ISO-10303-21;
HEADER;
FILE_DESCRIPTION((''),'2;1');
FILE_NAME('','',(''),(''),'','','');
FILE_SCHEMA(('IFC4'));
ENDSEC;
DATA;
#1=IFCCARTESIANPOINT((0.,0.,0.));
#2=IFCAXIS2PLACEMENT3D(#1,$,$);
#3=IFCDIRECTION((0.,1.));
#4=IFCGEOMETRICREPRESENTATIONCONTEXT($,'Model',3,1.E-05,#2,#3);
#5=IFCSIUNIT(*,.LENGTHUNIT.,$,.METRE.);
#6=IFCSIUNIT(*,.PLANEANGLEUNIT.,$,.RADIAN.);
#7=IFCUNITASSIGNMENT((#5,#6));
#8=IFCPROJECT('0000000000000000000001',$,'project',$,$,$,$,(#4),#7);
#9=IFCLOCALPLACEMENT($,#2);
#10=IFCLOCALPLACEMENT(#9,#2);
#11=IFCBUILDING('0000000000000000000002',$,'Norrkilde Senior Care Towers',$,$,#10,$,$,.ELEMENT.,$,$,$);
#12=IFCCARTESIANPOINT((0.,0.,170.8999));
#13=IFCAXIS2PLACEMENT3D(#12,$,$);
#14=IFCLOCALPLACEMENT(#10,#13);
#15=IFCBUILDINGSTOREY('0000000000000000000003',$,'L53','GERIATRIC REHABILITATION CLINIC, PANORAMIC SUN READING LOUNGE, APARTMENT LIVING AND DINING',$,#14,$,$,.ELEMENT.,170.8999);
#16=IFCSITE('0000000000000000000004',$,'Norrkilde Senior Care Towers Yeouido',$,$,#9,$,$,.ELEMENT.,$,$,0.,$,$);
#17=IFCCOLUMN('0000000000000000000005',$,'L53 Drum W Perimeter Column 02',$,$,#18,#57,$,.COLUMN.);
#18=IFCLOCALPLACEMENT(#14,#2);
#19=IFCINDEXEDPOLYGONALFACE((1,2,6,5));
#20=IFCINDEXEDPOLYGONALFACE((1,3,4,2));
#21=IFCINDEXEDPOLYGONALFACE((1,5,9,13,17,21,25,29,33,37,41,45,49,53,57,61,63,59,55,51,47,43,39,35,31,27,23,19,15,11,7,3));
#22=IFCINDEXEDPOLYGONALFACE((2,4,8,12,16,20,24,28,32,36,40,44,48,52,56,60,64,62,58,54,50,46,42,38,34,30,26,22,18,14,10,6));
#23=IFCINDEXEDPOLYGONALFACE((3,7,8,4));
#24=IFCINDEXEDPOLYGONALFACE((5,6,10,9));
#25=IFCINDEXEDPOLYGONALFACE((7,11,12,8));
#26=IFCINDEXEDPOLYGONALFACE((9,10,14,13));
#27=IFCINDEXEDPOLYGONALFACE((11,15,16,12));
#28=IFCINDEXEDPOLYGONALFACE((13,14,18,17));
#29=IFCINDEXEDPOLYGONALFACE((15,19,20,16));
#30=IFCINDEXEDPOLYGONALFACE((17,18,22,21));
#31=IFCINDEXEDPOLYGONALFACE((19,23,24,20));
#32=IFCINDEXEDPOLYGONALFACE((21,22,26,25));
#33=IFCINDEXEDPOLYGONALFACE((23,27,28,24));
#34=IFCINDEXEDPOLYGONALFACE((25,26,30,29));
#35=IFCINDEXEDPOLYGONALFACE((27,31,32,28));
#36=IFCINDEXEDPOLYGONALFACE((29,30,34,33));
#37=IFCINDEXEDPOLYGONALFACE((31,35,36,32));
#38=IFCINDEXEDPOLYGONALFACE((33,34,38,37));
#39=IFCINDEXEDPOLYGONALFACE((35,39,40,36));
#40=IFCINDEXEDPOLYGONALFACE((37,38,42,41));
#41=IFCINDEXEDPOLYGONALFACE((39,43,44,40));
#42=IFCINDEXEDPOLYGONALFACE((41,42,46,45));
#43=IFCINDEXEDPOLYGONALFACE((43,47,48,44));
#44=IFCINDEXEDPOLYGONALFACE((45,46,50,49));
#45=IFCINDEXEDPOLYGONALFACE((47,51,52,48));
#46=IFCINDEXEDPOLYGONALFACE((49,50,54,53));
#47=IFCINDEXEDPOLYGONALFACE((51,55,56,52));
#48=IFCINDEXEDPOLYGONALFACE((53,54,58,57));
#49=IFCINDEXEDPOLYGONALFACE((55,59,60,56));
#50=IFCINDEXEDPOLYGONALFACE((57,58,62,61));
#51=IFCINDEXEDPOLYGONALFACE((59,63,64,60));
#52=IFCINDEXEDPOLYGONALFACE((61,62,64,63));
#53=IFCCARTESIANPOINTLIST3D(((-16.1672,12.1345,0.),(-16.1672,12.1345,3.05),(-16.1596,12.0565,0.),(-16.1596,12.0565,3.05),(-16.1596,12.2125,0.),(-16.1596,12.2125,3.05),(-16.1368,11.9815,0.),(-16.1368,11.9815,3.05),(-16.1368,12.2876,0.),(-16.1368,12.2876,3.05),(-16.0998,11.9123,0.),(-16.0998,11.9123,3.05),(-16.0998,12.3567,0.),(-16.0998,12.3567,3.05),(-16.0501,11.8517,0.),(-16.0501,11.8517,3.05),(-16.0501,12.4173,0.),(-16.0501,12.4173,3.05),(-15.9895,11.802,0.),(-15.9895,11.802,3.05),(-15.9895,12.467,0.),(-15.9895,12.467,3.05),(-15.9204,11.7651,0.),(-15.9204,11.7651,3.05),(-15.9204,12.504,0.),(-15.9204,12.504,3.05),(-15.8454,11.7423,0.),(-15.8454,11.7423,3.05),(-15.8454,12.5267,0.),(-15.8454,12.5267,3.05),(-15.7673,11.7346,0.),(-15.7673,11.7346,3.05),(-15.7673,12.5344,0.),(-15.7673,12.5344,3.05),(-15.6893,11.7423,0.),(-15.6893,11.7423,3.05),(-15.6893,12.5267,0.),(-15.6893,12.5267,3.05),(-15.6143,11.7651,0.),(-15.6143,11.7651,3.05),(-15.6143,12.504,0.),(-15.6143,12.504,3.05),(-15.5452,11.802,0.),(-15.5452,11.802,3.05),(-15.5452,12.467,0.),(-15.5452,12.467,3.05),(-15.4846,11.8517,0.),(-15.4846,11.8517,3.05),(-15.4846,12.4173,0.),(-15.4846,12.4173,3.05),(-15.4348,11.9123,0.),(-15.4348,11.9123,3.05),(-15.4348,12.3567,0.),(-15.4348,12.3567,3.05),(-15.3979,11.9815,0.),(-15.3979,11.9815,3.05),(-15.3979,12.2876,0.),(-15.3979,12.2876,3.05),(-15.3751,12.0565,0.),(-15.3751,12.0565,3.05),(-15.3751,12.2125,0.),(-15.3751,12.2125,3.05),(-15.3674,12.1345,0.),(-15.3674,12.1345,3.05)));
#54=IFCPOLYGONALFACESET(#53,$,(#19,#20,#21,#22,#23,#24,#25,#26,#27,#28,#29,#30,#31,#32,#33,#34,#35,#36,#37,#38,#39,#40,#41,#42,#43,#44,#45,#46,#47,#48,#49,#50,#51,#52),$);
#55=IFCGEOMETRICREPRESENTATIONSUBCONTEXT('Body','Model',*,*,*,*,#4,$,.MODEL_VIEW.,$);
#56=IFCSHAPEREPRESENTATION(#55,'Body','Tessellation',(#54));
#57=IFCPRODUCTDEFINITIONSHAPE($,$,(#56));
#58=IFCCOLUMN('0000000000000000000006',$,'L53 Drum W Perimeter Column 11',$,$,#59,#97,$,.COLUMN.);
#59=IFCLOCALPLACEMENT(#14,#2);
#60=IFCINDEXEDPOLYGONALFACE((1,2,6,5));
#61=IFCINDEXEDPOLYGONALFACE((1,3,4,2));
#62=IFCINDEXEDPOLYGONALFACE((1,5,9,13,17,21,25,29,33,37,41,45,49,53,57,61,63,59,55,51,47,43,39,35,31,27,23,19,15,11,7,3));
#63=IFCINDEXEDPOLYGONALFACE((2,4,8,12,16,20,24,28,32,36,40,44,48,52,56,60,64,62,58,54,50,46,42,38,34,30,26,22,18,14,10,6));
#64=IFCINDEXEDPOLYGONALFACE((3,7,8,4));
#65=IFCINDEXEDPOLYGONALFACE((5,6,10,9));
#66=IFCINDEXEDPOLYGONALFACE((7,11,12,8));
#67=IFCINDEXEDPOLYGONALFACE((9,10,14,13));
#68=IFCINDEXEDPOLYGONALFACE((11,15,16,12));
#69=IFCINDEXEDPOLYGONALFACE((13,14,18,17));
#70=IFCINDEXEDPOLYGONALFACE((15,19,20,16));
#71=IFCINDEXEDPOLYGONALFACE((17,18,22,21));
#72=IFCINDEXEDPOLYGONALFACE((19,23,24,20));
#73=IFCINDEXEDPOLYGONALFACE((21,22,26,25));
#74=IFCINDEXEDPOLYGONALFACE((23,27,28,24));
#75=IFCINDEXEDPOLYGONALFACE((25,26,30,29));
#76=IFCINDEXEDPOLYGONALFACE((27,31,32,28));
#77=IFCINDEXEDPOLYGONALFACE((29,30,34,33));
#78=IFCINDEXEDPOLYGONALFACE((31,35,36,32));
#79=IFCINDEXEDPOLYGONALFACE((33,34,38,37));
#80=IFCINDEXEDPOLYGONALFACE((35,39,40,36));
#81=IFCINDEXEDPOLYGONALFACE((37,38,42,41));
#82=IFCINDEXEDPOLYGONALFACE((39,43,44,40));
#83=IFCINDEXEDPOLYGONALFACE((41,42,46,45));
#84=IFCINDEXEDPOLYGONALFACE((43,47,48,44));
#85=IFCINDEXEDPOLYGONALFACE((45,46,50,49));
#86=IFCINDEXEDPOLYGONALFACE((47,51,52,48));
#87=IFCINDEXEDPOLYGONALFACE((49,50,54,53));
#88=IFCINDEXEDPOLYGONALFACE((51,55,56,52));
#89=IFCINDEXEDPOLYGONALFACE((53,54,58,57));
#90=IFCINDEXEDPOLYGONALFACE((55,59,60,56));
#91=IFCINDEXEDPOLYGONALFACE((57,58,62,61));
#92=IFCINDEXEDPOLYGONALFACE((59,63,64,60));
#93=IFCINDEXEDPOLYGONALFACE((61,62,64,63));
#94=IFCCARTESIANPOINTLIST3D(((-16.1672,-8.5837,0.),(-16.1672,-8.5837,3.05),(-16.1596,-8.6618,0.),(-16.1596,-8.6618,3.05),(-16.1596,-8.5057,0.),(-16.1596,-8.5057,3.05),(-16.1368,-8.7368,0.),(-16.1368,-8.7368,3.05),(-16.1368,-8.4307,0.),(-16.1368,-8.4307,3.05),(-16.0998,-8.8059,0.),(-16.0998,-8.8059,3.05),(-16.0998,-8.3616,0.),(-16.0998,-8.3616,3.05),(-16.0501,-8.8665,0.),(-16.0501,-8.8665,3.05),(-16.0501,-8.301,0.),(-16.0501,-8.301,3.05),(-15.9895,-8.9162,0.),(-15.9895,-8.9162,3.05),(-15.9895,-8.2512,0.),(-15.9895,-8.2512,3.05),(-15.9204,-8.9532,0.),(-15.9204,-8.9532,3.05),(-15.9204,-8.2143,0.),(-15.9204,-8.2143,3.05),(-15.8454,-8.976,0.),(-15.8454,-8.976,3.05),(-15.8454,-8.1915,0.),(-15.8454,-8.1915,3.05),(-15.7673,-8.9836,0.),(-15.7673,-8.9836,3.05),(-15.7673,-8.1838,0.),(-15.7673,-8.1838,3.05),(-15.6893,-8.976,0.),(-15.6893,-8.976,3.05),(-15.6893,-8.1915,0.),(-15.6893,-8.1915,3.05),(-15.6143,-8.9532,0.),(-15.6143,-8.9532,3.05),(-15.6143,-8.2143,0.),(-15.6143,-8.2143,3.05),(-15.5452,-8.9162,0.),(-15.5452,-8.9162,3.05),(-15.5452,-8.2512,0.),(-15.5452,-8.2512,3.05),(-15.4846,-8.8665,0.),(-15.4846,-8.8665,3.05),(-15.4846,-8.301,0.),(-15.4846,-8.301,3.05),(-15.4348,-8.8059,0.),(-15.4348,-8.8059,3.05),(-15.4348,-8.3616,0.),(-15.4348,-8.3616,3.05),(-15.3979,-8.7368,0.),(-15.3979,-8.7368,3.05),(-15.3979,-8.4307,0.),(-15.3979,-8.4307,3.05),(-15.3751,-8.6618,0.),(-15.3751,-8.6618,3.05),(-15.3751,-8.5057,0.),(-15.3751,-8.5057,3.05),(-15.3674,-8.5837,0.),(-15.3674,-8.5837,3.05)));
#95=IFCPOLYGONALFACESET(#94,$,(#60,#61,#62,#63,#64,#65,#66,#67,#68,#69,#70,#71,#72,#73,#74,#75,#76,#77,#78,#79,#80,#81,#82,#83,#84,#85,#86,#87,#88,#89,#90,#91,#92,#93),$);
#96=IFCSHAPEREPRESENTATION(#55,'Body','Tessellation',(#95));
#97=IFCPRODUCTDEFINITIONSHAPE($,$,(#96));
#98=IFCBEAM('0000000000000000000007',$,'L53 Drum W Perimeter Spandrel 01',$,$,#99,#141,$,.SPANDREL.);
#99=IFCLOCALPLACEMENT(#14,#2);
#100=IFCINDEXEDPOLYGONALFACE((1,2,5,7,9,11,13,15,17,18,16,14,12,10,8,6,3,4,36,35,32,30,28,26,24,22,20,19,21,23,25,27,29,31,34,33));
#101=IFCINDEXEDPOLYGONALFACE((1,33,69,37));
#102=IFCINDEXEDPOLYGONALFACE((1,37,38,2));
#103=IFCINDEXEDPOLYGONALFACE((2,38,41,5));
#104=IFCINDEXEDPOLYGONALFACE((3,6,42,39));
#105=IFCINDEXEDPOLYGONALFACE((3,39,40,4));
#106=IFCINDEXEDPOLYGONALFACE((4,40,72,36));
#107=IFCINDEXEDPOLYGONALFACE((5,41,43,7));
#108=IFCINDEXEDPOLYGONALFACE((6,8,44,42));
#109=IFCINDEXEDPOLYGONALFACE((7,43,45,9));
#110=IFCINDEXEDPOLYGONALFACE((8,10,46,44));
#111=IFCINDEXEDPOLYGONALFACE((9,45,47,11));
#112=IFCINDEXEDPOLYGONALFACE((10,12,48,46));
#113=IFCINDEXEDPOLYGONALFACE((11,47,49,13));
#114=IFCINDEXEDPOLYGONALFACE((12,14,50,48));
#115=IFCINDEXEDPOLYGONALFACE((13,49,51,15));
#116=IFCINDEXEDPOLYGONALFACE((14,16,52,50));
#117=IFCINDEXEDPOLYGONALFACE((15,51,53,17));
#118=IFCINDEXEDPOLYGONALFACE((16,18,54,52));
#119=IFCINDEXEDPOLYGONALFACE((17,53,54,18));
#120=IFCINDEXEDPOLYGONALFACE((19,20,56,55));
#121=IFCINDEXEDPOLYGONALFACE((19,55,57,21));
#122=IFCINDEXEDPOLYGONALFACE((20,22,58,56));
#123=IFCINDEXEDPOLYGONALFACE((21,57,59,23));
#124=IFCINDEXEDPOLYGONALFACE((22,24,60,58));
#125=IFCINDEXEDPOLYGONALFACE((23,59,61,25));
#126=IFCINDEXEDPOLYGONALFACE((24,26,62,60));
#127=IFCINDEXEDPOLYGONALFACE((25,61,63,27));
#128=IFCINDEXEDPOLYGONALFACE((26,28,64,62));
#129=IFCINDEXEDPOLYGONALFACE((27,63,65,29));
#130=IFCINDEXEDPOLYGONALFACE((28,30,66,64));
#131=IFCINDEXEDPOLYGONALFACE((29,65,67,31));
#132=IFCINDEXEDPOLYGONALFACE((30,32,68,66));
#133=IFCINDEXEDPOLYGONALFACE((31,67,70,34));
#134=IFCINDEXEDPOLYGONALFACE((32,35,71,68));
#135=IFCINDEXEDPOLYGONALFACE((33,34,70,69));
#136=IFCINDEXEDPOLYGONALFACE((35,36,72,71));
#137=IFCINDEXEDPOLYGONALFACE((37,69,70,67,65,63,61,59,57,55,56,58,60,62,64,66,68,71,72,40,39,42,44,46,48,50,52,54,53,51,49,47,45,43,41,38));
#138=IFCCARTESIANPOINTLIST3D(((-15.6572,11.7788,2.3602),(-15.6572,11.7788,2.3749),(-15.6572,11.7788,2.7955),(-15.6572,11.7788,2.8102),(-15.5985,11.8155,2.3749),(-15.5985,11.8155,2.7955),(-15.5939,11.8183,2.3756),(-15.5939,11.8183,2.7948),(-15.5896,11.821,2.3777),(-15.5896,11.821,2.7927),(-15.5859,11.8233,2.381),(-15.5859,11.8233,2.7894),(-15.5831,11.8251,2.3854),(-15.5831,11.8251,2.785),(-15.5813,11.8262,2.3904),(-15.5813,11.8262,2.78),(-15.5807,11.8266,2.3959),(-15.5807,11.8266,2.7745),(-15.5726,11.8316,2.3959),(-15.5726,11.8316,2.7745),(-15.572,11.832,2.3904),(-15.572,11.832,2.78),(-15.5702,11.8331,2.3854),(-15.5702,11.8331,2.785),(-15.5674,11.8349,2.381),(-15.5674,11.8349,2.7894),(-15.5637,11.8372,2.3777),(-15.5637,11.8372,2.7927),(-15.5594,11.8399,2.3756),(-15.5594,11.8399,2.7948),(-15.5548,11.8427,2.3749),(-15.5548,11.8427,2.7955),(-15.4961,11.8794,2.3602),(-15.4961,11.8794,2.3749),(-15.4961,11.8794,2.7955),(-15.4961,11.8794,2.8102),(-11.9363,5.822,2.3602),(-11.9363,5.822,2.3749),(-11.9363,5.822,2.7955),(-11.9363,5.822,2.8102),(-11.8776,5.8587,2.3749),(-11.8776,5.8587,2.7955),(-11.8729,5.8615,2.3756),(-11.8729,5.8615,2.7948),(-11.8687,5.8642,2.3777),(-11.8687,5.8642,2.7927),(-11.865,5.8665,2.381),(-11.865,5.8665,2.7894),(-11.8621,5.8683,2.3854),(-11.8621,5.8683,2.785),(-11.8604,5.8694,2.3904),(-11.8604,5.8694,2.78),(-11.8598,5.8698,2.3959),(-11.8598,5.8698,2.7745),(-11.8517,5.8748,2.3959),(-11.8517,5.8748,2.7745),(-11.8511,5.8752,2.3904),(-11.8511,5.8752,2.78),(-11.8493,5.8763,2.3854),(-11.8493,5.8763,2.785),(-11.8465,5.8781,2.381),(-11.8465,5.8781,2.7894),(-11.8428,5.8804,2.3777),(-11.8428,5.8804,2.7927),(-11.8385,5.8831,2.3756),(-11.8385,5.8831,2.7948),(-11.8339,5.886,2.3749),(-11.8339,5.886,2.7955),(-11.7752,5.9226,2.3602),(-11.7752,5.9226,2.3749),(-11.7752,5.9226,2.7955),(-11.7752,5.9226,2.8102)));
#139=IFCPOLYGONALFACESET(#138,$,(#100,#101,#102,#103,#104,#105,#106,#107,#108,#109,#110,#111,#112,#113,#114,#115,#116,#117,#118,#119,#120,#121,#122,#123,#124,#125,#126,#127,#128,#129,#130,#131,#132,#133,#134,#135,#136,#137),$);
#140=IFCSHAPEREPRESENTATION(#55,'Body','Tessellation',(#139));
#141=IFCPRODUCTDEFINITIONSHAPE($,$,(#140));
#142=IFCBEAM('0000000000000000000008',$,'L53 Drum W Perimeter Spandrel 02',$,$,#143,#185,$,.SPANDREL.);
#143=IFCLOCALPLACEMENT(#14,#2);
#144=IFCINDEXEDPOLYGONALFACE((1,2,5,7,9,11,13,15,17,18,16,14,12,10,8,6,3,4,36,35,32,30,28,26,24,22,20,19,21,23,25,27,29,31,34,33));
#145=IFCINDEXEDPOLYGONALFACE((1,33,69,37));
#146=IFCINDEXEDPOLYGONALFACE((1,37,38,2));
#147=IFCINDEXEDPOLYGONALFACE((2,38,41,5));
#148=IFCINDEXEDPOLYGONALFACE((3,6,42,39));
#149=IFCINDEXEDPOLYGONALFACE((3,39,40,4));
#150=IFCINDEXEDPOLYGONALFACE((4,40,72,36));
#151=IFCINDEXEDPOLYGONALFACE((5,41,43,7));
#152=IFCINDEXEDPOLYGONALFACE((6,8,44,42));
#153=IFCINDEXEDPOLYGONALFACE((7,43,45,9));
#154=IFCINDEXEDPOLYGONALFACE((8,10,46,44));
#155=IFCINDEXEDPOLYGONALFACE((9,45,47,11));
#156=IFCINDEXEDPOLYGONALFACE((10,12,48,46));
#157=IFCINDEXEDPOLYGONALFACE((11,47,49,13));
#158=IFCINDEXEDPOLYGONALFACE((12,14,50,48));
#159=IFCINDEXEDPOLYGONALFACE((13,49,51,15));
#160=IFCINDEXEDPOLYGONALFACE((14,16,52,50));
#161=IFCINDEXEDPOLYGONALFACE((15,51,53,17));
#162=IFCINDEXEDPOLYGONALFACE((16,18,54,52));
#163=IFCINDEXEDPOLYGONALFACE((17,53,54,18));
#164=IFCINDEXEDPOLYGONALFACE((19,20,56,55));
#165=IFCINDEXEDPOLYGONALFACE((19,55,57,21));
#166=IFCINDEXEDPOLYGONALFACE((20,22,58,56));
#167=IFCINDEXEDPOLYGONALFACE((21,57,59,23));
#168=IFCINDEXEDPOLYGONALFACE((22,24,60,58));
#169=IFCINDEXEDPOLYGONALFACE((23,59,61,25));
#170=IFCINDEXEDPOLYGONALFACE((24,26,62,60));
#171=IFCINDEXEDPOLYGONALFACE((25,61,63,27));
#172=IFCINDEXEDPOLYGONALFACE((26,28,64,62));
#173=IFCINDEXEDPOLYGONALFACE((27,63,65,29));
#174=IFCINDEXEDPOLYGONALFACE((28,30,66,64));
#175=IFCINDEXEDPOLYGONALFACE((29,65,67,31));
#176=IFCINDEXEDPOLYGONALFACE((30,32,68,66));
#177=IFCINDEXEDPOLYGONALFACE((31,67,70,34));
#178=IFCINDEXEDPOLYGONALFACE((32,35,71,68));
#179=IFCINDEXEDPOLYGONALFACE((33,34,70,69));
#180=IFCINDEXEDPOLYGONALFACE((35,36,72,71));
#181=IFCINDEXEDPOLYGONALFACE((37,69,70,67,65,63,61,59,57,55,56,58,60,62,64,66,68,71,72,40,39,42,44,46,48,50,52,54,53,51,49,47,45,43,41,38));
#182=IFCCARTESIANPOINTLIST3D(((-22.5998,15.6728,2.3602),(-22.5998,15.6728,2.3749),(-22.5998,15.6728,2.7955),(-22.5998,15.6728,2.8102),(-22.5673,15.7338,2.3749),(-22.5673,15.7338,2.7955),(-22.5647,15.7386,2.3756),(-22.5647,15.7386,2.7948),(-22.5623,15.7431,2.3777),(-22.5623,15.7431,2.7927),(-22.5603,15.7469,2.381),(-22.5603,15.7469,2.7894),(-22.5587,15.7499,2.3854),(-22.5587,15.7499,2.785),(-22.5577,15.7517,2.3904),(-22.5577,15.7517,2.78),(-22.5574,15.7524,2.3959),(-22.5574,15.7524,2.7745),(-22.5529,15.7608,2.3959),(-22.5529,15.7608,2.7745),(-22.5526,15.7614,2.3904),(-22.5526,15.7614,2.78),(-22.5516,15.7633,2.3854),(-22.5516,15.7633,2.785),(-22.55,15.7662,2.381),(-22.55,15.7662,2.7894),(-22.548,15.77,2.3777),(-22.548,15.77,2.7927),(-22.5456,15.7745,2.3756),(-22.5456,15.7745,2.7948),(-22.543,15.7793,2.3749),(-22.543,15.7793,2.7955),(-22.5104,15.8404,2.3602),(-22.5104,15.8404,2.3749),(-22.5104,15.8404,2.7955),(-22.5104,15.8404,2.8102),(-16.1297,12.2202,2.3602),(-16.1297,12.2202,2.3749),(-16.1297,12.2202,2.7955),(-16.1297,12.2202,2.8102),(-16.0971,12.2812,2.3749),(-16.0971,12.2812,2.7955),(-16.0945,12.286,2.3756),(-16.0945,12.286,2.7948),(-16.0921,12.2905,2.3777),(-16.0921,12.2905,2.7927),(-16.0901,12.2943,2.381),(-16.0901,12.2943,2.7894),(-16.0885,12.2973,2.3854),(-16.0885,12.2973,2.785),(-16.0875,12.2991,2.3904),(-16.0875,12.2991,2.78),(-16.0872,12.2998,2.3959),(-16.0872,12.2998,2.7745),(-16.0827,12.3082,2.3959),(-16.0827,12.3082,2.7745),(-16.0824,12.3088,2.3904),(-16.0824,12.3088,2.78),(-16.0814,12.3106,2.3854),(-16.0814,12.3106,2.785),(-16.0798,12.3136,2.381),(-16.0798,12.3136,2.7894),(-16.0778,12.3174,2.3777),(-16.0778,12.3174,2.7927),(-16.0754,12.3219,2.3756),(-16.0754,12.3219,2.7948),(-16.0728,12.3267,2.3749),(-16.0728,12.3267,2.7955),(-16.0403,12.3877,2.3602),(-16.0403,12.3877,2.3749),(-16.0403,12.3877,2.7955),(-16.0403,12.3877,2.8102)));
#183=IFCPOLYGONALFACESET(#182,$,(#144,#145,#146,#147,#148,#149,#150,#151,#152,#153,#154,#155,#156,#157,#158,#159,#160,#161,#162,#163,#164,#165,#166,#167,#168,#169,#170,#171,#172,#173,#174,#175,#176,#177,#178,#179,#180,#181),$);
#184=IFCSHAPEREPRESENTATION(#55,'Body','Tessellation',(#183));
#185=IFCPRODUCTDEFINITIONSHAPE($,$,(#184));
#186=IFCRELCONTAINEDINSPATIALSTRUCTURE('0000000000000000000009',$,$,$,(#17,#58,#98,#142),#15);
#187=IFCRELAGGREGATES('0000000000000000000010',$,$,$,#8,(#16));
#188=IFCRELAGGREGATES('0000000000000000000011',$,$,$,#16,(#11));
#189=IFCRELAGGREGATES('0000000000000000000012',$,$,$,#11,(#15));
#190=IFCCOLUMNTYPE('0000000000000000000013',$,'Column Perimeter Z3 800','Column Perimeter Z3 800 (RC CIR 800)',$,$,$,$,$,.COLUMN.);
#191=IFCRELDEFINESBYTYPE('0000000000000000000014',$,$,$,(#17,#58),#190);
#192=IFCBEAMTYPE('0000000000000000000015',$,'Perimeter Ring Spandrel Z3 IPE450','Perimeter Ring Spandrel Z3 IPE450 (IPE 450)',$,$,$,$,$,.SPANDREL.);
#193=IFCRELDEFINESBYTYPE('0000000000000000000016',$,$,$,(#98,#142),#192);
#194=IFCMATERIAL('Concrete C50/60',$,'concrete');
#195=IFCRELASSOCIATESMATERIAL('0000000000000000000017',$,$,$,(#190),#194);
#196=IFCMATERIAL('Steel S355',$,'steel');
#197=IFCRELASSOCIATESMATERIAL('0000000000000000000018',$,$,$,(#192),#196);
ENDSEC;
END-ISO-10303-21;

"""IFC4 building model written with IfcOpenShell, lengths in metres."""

from ifc_helpers import new_model, si_unit, direction, frame, origin, origin_2d, place, context, subcontext, project, spatial, circle, i_section, extrude, source, transform, mapped, material, material_profile, profile_set, type_object, type_shapes, element, save


model = new_model("IFC4")

# Units and contexts
model_context = context("Model", 3, precision=1e-05, world=origin(), true_north=direction((0.0, 1.0)))
body_context = subcontext(model_context, "Body", "Model", "MODEL_VIEW")
ifc_project = project(units=[si_unit("LENGTHUNIT", "METRE"), si_unit("PLANEANGLEUNIT", "RADIAN")], contexts=[model_context])

# Site, building, storey
site_placement = place(None, origin())
site = spatial("IfcSite", under=ifc_project, at=site_placement, Name="Norrkilde Senior Care Towers Yeouido", CompositionType="ELEMENT", RefElevation=0.0)
building_placement = place(site_placement, origin())
building = spatial("IfcBuilding", under=site, at=building_placement, Name="Norrkilde Senior Care Towers", CompositionType="ELEMENT")
storey_placement = place(building_placement, frame((0.0, 0.0, 170.8999)))
storey = spatial("IfcBuildingStorey", under=building, at=storey_placement, Name="L53", Description="GERIATRIC REHABILITATION CLINIC, PANORAMIC SUN READING LOUNGE, APARTMENT LIVING AND DINING", CompositionType="ELEMENT", Elevation=170.8999)

# Columns
ifc_material_1 = material(Name="Concrete C50/60", Category="concrete")
ifc_material_profile_1 = material_profile(ifc_material_1, circle(Radius=0.3999, at=origin_2d()), Name="RC CIR 800")
ifc_profile_set_1 = profile_set([ifc_material_profile_1], Name="Concrete C50/60")
column_type = type_object("IfcColumnType", Name="Column Perimeter Z3 800", Description="Column Perimeter Z3 800 (RC CIR 800)", PredefinedType="COLUMN", material=ifc_profile_set_1)
shared_shape_1 = source(origin(), body_context, "Body", "SweptSolid", [
    extrude(circle(Radius=0.3999, at=origin_2d()), origin(), (0.0, 0.0, 1.0), 3.05),
])
type_shapes(column_type, [shared_shape_1])
for number, where, z_axis, x_axis, name in (
    (1, (-15.7673, 12.1345, 0.0), (0.0, 0.0, 1.0), (1.0, 0.0, 0.0), "L53 Drum W Perimeter Column 02"),
    (2, (-15.7673, -8.5837, 0.0), (0.0, 0.0, 1.0), (1.0, 0.0, 0.0), "L53 Drum W Perimeter Column 11"),
):
    element("IfcColumn", number, at=place(storey_placement, frame(where, z_axis=z_axis, x_axis=x_axis)), inside=storey, type_object=column_type, Name=name, PredefinedType="COLUMN", context=body_context, shape_type="MappedRepresentation", body=[
        mapped(shared_shape_1, transform((0.0, 0.0, 0.0), x_axis=(1.0, 0.0, 0.0), y_axis=(0.0, 1.0, 0.0), z_axis=(0.0, 0.0, 1.0), scale=1.0)),
    ])

# Beams
ifc_material_2 = material(Name="Steel S355", Category="steel")
ifc_material_profile_2 = material_profile(ifc_material_2, i_section(OverallWidth=0.1899, OverallDepth=0.45, WebThickness=0.0095, FlangeThickness=0.0146, FilletRadius=0.021, at=origin_2d()), Name="IPE 450")
ifc_profile_set_2 = profile_set([ifc_material_profile_2], Name="Steel S355")
beam_type_1 = type_object("IfcBeamType", Name="Perimeter Ring Spandrel Z3 IPE450", Description="Perimeter Ring Spandrel Z3 IPE450 (IPE 450)", PredefinedType="SPANDREL", material=ifc_profile_set_2)
shared_shape_2 = source(origin(), body_context, "Body", "SweptSolid", [
    extrude(i_section(OverallWidth=0.1899, OverallDepth=0.45, WebThickness=0.0095, FlangeThickness=0.0146, FilletRadius=0.021, at=origin_2d()), origin(), (0.0, 0.0, 1.0), 7.0234),
])
beam_1_placement = place(storey_placement, frame((-11.8557, 5.8723, 2.5852), z_axis=(-0.52979, 0.848129, 0.0), x_axis=(-0.848129, -0.52979, 0.0)))
element("IfcBeam", 3, at=beam_1_placement, inside=storey, type_object=beam_type_1, Name="L53 Drum W Perimeter Spandrel 01", PredefinedType="SPANDREL", context=body_context, shape_type="MappedRepresentation", body=[
    mapped(shared_shape_2, transform((0.0, 0.0, 0.0), x_axis=(1.0, 0.0, 0.0), y_axis=(0.0, 1.0, 0.0), z_axis=(0.0, 0.0, 1.0), scale=1.0)),
])
shared_shape_3 = source(origin(), body_context, "Body", "SweptSolid", [
    extrude(i_section(OverallWidth=0.1899, OverallDepth=0.45, WebThickness=0.0095, FlangeThickness=0.0146, FilletRadius=0.021, at=origin_2d()), origin(), (0.0, 0.0, 1.0), 7.3337),
])
beam_2_placement = place(storey_placement, frame((-16.085, 12.304, 2.5852), z_axis=(-0.882248, 0.470785, 0.0), x_axis=(-0.470785, -0.882248, 0.0)))
element("IfcBeam", 4, at=beam_2_placement, inside=storey, type_object=beam_type_1, Name="L53 Drum W Perimeter Spandrel 02", PredefinedType="SPANDREL", context=body_context, shape_type="MappedRepresentation", body=[
    mapped(shared_shape_3, transform((0.0, 0.0, 0.0), x_axis=(1.0, 0.0, 0.0), y_axis=(0.0, 1.0, 0.0), z_axis=(0.0, 0.0, 1.0), scale=1.0)),
])

save(model, "model.ifc")
